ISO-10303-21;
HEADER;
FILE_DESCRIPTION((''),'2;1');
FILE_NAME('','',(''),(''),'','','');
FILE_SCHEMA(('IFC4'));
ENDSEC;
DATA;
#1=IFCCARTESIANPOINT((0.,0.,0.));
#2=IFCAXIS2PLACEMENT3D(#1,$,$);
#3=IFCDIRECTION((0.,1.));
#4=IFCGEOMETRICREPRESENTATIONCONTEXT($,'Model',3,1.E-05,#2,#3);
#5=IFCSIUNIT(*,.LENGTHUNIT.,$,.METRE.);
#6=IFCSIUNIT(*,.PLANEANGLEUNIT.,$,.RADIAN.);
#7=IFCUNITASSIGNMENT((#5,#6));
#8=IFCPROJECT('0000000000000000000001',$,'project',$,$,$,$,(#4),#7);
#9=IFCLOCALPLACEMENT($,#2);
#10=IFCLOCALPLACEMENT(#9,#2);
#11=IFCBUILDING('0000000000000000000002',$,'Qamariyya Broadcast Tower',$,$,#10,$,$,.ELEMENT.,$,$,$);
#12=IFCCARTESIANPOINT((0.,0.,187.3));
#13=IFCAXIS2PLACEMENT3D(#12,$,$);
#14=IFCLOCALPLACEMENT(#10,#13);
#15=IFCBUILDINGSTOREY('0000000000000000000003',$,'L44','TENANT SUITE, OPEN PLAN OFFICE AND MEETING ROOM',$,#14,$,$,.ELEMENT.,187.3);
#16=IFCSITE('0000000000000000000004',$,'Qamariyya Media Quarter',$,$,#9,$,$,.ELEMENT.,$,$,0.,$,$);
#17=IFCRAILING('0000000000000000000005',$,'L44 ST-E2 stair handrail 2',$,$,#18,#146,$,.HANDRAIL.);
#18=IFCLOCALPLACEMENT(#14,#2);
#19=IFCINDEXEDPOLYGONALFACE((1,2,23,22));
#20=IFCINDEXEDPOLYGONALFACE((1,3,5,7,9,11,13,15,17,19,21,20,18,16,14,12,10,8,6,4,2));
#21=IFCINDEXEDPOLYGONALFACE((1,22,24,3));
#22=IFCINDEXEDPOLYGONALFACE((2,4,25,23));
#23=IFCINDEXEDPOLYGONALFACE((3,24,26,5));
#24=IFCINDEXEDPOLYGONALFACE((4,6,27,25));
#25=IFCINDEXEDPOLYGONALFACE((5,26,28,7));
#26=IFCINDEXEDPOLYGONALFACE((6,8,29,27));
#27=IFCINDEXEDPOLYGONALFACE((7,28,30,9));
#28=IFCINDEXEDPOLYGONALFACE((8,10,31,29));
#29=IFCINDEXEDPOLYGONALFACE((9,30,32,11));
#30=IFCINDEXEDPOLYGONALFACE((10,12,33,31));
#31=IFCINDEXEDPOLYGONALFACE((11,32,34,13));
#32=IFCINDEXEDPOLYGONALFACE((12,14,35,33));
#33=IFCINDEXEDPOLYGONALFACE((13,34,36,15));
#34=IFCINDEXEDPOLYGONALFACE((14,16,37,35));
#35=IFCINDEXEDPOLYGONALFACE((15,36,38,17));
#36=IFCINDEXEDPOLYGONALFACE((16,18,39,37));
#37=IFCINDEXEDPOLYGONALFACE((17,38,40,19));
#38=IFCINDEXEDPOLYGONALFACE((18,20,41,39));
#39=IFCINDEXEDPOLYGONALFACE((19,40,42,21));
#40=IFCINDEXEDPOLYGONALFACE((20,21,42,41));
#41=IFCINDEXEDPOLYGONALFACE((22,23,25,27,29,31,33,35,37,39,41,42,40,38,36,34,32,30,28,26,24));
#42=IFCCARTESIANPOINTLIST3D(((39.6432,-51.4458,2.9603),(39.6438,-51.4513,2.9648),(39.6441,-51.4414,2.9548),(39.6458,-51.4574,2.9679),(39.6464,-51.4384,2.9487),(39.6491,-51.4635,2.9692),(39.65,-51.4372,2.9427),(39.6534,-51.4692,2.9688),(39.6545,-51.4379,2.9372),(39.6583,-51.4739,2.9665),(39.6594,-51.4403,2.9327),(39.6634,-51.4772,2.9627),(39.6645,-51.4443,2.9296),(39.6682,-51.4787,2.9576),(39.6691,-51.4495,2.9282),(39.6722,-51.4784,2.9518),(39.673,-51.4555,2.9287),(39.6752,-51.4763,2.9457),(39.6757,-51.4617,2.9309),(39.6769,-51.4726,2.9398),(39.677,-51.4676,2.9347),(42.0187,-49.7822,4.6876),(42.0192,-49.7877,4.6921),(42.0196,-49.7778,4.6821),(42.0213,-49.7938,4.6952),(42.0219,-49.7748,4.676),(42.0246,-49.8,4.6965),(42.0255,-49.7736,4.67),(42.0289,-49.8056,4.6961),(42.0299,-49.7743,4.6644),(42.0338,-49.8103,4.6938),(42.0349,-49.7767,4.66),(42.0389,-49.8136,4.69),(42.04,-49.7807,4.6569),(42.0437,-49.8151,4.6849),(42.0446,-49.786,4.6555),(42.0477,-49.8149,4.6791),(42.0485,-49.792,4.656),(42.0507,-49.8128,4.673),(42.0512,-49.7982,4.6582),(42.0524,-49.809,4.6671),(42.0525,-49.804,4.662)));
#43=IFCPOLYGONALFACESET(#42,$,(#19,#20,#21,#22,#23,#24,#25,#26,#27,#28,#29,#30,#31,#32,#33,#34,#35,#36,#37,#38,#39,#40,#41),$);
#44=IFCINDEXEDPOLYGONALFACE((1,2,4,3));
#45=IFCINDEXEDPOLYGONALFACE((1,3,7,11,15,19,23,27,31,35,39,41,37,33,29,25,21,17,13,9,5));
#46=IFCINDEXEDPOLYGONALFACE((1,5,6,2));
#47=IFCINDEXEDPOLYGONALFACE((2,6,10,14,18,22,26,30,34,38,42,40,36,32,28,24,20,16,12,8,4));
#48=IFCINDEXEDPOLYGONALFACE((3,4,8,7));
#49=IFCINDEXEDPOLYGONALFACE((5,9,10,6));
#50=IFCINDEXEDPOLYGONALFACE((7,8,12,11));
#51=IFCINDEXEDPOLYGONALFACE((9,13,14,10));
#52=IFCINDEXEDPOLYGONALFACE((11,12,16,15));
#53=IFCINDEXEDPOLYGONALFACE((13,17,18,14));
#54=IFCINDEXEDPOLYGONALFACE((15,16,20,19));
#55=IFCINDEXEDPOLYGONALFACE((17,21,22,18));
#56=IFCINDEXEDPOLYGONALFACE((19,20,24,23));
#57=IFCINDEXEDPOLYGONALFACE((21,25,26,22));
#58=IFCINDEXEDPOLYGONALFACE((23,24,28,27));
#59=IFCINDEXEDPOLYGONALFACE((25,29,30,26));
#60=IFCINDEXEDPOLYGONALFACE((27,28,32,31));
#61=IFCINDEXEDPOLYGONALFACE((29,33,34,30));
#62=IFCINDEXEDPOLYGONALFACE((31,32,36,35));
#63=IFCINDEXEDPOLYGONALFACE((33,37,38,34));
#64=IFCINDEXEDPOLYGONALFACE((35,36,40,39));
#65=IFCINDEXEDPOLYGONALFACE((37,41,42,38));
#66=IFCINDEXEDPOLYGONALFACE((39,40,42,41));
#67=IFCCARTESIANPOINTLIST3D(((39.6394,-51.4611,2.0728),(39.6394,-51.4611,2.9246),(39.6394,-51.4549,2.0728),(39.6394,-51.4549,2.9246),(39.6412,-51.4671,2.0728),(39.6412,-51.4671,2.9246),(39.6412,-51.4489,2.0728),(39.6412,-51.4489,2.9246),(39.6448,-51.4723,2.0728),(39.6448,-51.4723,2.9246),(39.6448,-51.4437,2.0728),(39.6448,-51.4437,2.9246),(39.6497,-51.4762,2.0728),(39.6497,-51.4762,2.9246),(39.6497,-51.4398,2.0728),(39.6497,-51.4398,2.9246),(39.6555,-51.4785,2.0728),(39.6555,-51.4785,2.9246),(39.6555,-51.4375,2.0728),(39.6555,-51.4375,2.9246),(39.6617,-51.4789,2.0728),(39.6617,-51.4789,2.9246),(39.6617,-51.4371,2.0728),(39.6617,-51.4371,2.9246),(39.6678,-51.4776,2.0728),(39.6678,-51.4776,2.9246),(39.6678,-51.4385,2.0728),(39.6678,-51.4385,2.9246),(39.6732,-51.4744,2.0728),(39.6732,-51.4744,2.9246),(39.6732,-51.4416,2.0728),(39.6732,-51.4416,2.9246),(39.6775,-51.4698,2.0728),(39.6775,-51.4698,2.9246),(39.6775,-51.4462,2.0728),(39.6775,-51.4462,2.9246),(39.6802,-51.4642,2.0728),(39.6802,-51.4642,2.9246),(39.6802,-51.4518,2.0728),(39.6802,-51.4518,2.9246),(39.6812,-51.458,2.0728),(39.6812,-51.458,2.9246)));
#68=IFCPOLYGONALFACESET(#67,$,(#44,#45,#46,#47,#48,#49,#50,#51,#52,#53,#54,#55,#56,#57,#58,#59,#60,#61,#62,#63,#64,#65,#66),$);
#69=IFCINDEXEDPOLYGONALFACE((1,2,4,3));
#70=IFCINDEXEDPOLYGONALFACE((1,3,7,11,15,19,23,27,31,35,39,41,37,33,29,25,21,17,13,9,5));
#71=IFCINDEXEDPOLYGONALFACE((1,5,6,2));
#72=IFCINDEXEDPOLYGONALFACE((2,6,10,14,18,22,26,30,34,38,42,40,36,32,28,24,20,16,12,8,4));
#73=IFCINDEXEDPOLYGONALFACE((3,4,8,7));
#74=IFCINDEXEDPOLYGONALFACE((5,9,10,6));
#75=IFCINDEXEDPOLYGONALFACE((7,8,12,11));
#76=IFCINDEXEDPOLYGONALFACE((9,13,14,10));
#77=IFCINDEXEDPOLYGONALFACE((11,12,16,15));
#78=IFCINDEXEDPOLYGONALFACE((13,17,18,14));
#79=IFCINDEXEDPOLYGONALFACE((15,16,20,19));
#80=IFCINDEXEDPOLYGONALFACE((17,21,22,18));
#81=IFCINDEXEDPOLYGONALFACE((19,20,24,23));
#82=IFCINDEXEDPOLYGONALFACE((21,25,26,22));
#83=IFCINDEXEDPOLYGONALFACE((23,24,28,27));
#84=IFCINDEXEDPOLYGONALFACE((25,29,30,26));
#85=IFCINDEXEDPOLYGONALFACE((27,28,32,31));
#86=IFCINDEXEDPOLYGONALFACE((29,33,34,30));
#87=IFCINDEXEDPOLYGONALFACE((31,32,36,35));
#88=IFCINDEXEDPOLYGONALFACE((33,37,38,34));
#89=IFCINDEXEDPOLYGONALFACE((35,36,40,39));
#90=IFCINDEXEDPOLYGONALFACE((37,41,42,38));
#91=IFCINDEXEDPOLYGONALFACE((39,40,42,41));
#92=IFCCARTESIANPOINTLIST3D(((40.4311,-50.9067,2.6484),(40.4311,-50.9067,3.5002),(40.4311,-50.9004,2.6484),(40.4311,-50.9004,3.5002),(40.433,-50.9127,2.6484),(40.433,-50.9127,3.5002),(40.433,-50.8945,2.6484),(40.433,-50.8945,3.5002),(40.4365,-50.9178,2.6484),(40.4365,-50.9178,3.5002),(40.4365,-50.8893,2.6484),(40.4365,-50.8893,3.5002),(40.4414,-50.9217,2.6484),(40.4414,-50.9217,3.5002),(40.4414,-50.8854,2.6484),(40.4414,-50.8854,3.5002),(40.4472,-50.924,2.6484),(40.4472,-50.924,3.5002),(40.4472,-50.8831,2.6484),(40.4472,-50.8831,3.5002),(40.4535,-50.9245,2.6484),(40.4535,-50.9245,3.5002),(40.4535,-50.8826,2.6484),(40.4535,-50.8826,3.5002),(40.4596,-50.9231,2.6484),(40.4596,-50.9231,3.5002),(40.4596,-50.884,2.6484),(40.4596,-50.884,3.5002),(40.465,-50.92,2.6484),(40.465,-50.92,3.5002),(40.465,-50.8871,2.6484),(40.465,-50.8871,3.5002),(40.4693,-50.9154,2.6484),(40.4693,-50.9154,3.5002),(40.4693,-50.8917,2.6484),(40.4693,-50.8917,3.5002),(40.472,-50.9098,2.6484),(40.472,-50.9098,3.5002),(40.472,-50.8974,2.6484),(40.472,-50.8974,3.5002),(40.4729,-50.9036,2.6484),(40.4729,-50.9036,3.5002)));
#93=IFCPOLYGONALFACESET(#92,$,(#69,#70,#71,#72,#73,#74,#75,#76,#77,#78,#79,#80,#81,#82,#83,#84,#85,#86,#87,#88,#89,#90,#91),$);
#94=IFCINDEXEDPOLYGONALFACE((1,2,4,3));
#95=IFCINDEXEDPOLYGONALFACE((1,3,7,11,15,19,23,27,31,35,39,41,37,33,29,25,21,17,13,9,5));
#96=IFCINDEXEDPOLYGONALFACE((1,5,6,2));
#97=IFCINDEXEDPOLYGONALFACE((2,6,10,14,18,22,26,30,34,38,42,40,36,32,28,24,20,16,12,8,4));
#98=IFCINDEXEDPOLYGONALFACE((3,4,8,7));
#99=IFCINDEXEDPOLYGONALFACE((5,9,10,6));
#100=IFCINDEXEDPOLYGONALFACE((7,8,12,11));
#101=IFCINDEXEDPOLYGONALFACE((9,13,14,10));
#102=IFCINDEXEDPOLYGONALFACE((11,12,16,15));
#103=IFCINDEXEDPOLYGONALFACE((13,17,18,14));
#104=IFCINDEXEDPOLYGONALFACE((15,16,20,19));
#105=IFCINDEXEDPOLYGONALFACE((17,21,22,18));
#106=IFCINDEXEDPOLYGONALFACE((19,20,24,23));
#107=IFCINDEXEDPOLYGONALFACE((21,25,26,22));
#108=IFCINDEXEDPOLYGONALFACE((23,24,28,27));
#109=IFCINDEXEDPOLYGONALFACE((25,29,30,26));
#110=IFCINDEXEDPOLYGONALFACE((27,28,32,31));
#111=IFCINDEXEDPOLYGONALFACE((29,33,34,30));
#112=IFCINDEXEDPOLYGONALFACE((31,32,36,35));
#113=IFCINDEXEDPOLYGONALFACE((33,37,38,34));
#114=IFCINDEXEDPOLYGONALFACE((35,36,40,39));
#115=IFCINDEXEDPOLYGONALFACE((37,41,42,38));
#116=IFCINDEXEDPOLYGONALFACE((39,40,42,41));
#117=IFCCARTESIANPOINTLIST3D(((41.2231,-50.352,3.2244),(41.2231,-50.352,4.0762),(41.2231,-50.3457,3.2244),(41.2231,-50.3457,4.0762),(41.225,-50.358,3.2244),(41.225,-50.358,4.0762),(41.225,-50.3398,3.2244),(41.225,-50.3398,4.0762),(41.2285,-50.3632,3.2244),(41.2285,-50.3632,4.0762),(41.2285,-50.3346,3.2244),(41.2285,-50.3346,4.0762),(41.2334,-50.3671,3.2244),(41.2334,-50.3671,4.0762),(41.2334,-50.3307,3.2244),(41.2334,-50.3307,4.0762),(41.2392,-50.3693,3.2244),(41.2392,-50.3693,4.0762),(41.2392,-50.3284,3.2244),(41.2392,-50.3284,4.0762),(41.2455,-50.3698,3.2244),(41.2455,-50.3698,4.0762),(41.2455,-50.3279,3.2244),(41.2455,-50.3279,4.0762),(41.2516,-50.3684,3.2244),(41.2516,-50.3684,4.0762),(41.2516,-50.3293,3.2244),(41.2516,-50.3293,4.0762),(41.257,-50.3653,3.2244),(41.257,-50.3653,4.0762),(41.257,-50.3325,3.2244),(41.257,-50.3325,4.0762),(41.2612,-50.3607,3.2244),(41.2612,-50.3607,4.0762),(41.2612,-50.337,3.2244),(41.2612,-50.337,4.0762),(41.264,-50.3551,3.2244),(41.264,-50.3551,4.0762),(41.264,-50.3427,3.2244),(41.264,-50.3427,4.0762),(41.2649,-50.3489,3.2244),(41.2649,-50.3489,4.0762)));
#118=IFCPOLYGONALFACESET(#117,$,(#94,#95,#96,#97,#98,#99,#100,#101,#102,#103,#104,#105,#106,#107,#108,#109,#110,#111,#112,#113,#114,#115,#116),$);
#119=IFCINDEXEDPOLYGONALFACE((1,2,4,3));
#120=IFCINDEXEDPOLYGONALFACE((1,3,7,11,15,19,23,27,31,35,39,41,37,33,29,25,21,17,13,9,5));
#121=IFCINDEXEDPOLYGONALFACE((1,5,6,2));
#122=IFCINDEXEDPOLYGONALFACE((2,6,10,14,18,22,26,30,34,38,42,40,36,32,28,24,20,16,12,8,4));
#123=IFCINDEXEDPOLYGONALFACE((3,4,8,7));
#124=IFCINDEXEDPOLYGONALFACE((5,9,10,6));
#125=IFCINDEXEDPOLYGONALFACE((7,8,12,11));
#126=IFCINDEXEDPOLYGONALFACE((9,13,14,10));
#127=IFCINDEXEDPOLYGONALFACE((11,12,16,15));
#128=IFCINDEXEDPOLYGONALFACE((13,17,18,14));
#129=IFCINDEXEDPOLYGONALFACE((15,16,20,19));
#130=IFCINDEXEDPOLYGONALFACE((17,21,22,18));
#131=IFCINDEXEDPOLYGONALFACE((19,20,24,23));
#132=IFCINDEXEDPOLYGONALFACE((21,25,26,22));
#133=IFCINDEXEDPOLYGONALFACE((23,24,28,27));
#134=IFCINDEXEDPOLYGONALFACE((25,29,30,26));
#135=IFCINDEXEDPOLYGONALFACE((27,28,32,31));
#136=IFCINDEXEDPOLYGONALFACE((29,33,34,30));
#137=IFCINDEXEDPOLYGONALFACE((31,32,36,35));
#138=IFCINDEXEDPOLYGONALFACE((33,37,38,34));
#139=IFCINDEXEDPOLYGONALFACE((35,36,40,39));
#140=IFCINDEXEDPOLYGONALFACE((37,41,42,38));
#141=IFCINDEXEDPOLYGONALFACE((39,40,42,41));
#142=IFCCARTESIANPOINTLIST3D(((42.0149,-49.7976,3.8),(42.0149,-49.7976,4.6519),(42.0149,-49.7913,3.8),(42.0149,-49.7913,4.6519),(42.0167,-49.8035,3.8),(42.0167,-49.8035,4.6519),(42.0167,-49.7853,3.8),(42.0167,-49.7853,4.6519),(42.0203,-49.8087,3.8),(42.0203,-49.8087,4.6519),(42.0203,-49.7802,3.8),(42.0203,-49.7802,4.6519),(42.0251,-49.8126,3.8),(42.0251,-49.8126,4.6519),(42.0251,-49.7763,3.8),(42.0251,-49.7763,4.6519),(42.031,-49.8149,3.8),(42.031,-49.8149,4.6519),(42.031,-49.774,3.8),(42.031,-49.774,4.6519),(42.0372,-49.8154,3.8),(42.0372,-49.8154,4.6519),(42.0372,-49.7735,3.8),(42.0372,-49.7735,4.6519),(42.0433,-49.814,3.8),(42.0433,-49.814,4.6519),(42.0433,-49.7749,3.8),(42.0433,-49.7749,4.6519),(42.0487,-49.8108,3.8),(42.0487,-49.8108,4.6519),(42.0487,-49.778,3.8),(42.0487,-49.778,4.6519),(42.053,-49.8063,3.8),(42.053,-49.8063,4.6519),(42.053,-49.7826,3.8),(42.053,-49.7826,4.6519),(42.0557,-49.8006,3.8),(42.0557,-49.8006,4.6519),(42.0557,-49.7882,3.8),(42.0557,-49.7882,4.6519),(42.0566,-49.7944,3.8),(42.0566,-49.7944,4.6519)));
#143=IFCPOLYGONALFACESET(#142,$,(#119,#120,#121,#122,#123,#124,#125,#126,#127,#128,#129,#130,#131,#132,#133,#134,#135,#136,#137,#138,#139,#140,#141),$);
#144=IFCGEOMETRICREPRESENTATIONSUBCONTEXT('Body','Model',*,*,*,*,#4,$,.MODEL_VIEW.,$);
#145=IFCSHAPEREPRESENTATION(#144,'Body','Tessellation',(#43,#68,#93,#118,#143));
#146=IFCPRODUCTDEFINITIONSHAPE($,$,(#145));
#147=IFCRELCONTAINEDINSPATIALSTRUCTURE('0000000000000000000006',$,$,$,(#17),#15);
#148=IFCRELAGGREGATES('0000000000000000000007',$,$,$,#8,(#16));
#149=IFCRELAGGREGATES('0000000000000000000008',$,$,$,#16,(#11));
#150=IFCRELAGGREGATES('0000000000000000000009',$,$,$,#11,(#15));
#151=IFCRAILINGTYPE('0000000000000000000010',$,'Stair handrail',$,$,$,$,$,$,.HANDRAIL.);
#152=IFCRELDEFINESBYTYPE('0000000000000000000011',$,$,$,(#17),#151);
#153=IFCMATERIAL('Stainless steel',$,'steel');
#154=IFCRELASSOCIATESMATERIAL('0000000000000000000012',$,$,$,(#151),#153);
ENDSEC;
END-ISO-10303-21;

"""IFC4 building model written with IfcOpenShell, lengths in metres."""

from ifc_helpers import new_model, si_unit, direction, frame, origin, origin_2d, place, context, subcontext, project, spatial, circle, extrude, material, type_object, element, save


model = new_model("IFC4")

# Units and contexts
model_context = context("Model", 3, precision=1e-05, world=origin(), true_north=direction((0.0, 1.0)))
body_context = subcontext(model_context, "Body", "Model", "MODEL_VIEW")
ifc_project = project(units=[si_unit("LENGTHUNIT", "METRE"), si_unit("PLANEANGLEUNIT", "RADIAN")], contexts=[model_context])

# Site, building, storey
site_placement = place(None, origin())
site = spatial("IfcSite", under=ifc_project, at=site_placement, Name="Qamariyya Media Quarter", CompositionType="ELEMENT", RefElevation=0.0)
building_placement = place(site_placement, origin())
building = spatial("IfcBuilding", under=site, at=building_placement, Name="Qamariyya Broadcast Tower", CompositionType="ELEMENT")
storey_placement = place(building_placement, frame((0.0, 0.0, 187.3)))
storey = spatial("IfcBuildingStorey", under=building, at=storey_placement, Name="L44", Description="TENANT SUITE, OPEN PLAN OFFICE AND MEETING ROOM", CompositionType="ELEMENT", Elevation=187.3)

# Railing
ifc_material_1 = material(Name="Stainless steel", Category="steel")
railing_type_1 = type_object("IfcRailingType", Name="Stair handrail", PredefinedType="HANDRAIL", material=ifc_material_1)
railing_1_placement = place(storey_placement, frame((39.6602, -51.458, 2.0728)))
element("IfcRailing", 1, at=railing_1_placement, inside=storey, type_object=railing_type_1, Name="L44 ST-E2 stair handrail 2", PredefinedType="HANDRAIL", context=body_context, shape_type="SweptSolid", body=[
    extrude(circle(Radius=0.0239, at=origin_2d()), frame((0.0, 0.0, 0.876), z_axis=(0.703745, 0.492838, 0.511716), x_axis=(-0.573632, 0.819113, 0.0)), (0.0, 0.0, 1.0), 3.3755),
    extrude(circle(Radius=0.021, at=origin_2d()), origin(), (0.0, 0.0, 1.0), 0.8518),
    extrude(circle(Radius=0.021, at=origin_2d()), frame((0.7917, 0.5544, 0.5757)), (0.0, 0.0, 1.0), 0.8518),
    extrude(circle(Radius=0.021, at=origin_2d()), frame((1.5837, 1.1091, 1.1516)), (0.0, 0.0, 1.0), 0.8518),
    extrude(circle(Radius=0.021, at=origin_2d()), frame((2.3755, 1.6636, 1.7273)), (0.0, 0.0, 1.0), 0.8518),
])

save(model, "model.ifc")
